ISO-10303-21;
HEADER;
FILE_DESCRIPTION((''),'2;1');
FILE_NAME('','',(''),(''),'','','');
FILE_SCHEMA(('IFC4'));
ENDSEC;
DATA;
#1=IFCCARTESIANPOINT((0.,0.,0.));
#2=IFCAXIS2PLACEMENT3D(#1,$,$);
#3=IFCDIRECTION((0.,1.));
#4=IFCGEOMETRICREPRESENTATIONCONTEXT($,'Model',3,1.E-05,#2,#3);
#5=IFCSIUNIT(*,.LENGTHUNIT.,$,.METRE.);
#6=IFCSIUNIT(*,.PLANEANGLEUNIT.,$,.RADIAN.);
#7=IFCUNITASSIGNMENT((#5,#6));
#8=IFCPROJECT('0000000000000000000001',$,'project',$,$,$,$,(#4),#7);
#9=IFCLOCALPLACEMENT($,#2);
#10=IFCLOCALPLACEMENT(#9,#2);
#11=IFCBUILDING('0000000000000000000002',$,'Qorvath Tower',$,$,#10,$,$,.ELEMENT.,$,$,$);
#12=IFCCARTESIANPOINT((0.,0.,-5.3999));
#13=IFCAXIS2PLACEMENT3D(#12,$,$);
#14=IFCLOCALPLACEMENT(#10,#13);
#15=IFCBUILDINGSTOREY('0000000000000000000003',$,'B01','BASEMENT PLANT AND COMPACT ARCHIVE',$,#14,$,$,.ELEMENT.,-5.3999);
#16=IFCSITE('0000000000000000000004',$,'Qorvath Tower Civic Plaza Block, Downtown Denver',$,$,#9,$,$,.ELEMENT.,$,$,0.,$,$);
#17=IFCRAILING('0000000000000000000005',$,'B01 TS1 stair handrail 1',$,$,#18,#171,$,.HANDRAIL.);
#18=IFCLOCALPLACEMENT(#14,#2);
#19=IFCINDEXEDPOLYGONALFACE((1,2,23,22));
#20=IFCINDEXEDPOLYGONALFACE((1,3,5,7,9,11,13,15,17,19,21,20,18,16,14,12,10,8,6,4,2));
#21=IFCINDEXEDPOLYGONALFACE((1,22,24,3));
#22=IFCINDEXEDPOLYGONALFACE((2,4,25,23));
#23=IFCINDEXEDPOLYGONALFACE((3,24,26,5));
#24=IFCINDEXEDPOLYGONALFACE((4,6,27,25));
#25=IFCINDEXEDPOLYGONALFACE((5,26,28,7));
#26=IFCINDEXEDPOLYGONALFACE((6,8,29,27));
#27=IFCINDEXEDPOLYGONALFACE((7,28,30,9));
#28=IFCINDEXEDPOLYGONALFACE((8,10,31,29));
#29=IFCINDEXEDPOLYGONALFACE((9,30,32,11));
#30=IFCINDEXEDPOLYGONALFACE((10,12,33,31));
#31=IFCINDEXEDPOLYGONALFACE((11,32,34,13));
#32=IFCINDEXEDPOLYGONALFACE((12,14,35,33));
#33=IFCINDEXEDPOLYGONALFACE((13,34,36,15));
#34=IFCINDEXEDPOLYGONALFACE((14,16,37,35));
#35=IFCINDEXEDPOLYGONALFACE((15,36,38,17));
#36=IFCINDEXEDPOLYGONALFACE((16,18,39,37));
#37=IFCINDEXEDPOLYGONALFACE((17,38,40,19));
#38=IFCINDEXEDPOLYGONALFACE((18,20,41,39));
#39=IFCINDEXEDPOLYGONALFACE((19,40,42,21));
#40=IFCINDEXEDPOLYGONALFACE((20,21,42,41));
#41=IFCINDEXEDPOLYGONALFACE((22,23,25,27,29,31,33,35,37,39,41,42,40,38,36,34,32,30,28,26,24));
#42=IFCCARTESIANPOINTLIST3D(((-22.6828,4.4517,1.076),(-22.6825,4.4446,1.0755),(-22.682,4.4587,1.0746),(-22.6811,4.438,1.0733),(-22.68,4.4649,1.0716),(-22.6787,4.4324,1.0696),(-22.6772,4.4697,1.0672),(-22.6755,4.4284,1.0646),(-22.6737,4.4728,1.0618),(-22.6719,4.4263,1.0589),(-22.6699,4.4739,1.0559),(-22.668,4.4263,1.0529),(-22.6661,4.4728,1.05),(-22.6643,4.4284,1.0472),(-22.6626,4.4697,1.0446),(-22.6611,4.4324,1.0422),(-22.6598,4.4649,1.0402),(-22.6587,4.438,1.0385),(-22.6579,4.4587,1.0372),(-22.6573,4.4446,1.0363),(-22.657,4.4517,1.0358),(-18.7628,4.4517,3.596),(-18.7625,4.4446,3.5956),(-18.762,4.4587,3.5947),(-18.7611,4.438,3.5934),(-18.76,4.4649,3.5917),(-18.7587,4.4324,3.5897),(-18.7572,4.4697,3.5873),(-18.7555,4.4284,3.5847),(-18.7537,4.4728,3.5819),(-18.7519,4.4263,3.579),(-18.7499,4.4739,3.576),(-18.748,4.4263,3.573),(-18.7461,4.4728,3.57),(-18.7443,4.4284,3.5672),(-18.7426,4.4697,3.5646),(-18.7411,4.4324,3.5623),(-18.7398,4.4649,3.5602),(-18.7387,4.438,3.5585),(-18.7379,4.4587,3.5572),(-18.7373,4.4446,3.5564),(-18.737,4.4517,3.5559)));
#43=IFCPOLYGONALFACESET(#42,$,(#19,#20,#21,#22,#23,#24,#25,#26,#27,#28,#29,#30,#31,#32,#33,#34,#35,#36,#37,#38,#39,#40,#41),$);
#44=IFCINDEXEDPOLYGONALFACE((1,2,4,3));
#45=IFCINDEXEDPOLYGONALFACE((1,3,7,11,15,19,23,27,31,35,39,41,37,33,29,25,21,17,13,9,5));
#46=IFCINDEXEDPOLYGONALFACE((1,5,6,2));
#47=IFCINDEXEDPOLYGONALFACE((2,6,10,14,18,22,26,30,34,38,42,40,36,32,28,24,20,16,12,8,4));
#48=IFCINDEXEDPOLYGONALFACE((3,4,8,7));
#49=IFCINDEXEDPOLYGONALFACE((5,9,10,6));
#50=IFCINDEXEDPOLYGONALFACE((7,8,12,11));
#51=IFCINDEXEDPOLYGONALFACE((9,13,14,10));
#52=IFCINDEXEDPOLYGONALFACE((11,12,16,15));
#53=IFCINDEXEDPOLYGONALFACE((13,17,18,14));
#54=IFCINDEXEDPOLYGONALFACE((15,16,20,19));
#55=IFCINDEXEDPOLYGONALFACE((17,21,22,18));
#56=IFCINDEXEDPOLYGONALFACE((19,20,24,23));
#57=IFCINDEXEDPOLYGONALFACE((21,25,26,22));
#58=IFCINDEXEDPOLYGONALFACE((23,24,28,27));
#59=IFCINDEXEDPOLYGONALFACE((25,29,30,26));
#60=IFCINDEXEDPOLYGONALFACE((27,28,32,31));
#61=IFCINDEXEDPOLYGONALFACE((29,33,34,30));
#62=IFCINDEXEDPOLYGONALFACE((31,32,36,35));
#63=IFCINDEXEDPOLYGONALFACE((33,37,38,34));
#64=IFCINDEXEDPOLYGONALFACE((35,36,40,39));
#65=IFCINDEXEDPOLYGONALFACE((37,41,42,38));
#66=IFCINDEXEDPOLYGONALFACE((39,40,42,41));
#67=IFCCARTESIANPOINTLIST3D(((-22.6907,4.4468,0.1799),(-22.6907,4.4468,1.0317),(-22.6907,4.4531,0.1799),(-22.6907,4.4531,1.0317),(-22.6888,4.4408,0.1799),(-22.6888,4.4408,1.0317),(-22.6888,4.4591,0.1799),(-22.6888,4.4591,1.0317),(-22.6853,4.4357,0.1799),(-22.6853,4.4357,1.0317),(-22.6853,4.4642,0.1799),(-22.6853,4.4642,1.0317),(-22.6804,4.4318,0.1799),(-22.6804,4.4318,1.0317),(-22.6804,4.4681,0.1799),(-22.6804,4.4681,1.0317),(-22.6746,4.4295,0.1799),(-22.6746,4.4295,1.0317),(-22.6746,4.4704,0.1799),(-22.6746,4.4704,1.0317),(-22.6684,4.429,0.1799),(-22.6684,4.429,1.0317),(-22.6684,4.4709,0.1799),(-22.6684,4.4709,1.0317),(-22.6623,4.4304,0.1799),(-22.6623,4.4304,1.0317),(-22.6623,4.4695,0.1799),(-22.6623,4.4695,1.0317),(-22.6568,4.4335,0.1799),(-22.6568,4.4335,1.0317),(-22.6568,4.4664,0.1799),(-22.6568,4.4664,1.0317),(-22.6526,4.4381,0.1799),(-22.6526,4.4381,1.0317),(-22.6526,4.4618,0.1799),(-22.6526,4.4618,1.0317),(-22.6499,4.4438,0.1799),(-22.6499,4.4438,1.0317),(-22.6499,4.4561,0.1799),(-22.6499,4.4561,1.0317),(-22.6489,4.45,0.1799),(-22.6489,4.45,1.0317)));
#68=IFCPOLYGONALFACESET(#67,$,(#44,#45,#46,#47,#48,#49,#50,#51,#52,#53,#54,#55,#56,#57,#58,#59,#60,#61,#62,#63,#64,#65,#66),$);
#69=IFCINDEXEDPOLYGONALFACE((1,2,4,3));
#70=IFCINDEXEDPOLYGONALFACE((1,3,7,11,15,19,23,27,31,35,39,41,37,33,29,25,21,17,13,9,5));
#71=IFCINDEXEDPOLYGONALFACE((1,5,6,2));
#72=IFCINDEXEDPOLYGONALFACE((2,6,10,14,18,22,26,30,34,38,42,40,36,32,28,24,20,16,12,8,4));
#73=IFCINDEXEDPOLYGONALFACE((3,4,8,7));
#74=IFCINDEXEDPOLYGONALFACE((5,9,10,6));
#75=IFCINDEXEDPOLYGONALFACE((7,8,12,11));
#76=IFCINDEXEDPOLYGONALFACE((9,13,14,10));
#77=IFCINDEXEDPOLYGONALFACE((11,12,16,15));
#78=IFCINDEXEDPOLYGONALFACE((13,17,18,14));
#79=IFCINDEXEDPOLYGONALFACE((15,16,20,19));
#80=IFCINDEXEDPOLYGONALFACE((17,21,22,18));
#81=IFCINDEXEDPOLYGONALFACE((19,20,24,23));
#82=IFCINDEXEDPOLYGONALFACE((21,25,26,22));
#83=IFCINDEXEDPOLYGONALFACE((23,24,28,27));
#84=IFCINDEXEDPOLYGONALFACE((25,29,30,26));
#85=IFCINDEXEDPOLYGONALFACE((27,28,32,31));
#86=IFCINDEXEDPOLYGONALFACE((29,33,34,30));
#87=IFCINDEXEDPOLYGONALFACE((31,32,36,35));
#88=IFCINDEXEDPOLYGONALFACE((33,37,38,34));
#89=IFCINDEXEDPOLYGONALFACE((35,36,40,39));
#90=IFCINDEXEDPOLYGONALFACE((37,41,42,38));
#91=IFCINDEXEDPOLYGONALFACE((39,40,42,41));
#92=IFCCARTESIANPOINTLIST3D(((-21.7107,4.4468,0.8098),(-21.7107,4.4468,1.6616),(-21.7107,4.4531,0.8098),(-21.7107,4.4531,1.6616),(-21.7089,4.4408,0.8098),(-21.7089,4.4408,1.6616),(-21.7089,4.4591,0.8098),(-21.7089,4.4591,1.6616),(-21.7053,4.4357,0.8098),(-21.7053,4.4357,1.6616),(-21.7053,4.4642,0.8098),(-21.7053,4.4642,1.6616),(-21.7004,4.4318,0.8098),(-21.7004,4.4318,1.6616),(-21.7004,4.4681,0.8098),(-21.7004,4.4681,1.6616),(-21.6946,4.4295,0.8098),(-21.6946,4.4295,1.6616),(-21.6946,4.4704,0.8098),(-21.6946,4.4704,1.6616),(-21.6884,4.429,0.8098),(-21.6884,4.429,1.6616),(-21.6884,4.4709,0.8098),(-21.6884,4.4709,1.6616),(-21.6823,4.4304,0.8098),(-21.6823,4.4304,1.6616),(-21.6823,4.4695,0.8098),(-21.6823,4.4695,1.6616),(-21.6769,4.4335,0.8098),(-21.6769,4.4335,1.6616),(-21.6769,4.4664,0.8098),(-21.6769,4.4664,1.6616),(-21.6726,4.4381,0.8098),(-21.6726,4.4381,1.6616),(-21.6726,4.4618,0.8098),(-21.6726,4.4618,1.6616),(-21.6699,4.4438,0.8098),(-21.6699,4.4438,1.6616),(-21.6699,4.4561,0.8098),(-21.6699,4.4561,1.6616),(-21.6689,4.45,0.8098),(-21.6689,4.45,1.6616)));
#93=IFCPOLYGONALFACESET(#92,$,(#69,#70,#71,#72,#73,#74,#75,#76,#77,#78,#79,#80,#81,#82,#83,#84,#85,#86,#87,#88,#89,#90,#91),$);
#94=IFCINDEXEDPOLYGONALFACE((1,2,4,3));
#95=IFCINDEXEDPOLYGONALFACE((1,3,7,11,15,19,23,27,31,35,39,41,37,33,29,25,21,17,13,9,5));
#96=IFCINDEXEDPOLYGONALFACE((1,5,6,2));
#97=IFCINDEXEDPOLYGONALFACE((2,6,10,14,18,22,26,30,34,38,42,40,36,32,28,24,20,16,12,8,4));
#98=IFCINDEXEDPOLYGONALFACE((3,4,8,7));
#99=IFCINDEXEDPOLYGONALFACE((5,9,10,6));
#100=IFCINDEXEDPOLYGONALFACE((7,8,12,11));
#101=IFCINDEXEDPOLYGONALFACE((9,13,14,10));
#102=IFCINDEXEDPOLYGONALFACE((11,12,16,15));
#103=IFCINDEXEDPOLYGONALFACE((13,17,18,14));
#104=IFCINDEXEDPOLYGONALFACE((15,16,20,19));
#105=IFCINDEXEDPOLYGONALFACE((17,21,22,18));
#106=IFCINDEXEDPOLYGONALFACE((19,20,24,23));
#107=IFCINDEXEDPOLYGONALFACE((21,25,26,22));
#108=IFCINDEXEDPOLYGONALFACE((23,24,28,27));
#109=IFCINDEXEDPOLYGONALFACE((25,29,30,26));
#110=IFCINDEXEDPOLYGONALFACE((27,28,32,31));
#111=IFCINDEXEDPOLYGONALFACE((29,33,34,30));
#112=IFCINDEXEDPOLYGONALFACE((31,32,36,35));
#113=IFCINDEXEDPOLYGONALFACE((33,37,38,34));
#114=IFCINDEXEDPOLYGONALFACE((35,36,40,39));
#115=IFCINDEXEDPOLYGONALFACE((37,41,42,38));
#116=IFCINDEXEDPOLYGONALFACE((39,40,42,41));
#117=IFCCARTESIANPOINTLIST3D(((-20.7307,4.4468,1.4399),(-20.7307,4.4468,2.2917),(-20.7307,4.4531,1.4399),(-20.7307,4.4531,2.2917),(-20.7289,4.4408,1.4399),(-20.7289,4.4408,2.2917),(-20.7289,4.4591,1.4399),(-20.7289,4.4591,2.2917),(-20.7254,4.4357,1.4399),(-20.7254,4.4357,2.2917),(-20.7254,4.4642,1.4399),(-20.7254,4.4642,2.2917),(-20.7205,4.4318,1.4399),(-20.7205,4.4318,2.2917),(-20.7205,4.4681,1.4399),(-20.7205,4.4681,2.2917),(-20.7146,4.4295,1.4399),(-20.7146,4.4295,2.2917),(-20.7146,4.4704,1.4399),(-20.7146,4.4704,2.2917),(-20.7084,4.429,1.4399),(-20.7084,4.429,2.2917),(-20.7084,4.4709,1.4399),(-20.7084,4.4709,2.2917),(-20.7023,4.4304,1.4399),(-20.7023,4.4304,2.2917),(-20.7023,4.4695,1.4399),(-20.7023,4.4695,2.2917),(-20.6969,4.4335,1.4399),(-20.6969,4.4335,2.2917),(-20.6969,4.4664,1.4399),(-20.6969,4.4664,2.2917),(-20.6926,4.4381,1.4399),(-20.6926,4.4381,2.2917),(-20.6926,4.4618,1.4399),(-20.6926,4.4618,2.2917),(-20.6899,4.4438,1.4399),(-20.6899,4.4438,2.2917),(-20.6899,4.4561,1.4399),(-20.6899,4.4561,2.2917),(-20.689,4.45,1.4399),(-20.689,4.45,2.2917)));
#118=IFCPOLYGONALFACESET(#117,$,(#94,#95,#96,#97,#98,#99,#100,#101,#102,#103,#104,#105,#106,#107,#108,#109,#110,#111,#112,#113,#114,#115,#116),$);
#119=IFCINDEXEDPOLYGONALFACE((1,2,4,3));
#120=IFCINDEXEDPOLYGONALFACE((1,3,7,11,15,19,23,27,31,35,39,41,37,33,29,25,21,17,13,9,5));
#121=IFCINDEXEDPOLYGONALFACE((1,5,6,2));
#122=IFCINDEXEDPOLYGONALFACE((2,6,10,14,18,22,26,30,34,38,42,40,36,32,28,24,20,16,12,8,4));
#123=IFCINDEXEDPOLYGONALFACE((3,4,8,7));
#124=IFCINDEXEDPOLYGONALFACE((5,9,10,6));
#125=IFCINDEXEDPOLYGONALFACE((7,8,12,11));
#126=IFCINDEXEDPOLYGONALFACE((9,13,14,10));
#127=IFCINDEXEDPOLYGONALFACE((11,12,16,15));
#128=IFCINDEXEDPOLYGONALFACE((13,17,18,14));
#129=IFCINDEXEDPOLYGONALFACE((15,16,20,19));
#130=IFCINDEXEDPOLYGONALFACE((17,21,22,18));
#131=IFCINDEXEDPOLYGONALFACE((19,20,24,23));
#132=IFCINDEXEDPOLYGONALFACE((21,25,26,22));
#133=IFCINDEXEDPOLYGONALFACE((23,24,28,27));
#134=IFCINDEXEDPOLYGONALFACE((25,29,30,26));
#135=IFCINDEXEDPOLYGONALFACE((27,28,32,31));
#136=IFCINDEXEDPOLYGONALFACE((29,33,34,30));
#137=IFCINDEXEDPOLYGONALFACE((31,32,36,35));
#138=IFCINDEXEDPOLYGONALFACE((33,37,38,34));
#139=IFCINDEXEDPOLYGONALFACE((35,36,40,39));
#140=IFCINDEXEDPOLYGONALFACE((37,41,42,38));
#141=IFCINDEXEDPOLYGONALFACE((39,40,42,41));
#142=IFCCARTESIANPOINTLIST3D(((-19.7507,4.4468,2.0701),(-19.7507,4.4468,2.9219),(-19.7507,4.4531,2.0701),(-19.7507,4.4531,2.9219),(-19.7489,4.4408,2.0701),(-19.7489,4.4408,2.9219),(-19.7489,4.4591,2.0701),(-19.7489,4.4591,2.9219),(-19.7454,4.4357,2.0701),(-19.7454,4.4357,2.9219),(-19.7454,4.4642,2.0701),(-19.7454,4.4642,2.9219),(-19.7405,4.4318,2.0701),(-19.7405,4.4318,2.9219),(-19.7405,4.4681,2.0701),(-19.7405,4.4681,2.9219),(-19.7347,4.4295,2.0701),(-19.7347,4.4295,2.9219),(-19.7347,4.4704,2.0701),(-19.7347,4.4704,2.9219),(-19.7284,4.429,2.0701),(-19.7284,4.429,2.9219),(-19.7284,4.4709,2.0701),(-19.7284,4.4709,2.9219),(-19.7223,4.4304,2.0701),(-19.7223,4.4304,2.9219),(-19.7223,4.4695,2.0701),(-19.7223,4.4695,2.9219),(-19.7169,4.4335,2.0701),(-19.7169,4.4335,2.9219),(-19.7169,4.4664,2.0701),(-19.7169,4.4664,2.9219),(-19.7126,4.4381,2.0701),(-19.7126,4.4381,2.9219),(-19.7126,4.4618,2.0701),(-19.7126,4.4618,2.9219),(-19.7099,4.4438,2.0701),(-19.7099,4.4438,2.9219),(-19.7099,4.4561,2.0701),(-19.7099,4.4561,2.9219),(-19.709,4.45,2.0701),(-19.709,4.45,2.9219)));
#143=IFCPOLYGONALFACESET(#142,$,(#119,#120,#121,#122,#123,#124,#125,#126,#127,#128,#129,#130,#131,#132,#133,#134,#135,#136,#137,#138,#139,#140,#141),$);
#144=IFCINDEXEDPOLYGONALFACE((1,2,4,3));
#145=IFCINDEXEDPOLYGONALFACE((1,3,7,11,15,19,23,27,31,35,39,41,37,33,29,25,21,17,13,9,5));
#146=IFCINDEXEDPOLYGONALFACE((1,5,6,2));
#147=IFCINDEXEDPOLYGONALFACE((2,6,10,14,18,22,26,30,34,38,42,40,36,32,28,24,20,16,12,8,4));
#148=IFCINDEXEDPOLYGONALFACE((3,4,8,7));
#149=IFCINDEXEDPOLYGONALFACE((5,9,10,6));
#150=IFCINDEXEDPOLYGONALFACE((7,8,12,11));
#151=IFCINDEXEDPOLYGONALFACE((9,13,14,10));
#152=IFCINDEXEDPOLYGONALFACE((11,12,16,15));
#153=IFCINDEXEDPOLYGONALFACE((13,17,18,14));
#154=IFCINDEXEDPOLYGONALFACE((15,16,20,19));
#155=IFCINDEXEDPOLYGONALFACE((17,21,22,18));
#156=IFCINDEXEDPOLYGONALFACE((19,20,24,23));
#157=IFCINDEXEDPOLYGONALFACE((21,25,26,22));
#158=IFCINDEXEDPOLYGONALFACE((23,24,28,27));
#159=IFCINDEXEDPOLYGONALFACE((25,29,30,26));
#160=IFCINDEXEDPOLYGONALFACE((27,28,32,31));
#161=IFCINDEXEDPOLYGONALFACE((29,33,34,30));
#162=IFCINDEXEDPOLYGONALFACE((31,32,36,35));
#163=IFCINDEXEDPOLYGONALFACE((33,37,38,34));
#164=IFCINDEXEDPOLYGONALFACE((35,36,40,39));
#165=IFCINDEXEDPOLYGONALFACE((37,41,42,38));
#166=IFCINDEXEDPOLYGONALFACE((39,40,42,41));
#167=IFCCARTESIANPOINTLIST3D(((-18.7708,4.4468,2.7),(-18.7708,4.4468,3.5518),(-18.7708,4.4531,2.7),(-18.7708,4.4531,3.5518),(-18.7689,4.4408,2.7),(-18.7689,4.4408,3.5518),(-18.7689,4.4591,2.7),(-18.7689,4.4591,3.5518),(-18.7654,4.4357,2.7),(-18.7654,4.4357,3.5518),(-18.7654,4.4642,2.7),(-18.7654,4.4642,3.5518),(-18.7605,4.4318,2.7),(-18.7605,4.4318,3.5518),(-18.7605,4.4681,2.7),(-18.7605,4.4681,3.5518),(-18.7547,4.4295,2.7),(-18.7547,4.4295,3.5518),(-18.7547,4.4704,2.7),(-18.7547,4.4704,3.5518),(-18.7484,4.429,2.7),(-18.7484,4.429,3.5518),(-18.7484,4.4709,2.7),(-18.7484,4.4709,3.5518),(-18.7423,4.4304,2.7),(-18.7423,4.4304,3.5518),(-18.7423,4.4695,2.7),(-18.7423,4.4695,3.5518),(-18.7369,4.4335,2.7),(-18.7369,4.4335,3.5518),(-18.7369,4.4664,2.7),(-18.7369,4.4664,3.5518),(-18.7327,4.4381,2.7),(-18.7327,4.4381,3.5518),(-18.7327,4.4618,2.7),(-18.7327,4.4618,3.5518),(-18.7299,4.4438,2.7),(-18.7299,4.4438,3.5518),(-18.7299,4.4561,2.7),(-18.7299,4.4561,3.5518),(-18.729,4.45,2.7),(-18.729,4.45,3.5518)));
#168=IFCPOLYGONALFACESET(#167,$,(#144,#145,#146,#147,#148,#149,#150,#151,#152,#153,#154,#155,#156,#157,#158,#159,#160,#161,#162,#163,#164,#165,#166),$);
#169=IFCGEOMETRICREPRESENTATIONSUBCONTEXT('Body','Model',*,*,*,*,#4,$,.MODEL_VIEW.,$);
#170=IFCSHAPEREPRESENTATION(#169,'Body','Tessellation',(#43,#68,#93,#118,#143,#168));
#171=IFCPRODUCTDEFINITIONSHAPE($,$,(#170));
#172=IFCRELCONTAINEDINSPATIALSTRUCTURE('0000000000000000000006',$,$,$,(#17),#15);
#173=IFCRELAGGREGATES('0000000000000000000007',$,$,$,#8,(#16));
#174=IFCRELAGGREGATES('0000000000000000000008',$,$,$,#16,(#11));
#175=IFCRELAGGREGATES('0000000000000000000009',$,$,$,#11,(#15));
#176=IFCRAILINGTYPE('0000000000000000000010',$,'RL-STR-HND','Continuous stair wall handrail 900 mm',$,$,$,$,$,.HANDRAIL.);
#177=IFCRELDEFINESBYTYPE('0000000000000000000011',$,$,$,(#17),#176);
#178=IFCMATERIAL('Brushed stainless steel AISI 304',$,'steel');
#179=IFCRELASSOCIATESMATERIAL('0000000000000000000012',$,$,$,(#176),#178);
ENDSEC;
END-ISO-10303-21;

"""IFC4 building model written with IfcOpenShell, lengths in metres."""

from ifc_helpers import new_model, si_unit, direction, frame, origin, origin_2d, place, context, subcontext, project, spatial, circle, extrude, material, type_object, element, save


model = new_model("IFC4")

# Units and contexts
model_context = context("Model", 3, precision=1e-05, world=origin(), true_north=direction((0.0, 1.0)))
body_context = subcontext(model_context, "Body", "Model", "MODEL_VIEW")
ifc_project = project(units=[si_unit("LENGTHUNIT", "METRE"), si_unit("PLANEANGLEUNIT", "RADIAN")], contexts=[model_context])

# Site, building, storey
site_placement = place(None, origin())
site = spatial("IfcSite", under=ifc_project, at=site_placement, Name="Qorvath Tower Civic Plaza Block, Downtown Denver", CompositionType="ELEMENT", RefElevation=0.0)
building_placement = place(site_placement, origin())
building = spatial("IfcBuilding", under=site, at=building_placement, Name="Qorvath Tower", CompositionType="ELEMENT")
storey_placement = place(building_placement, frame((0.0, 0.0, -5.3999)))
storey = spatial("IfcBuildingStorey", under=building, at=storey_placement, Name="B01", Description="BASEMENT PLANT AND COMPACT ARCHIVE", CompositionType="ELEMENT", Elevation=-5.3999)

# Railing
ifc_material_1 = material(Name="Brushed stainless steel AISI 304", Category="steel")
railing_type_1 = type_object("IfcRailingType", Name="RL-STR-HND", Description="Continuous stair wall handrail 900 mm", PredefinedType="HANDRAIL", material=ifc_material_1)
railing_1_placement = place(storey_placement, frame((-22.6699, 4.45, 0.1799)))
element("IfcRailing", 1, at=railing_1_placement, inside=storey, type_object=railing_type_1, Name="B01 TS1 stair handrail 1", PredefinedType="HANDRAIL", context=body_context, shape_type="SweptSolid", body=[
    extrude(circle(Radius=0.0239, at=origin_2d()), frame((0.0, 0.0, 0.876), z_axis=(0.841172, 0.0, 0.540768), x_axis=(0.0, 1.0, 0.0)), (0.0, 0.0, 1.0), 4.6602),
    extrude(circle(Radius=0.021, at=origin_2d()), origin(), (0.0, 0.0, 1.0), 0.8518),
    extrude(circle(Radius=0.021, at=origin_2d()), frame((0.98, 0.0, 0.6299)), (0.0, 0.0, 1.0), 0.8518),
    extrude(circle(Radius=0.021, at=origin_2d()), frame((1.96, 0.0, 1.26)), (0.0, 0.0, 1.0), 0.8518),
    extrude(circle(Radius=0.021, at=origin_2d()), frame((2.9399, 0.0, 1.8901)), (0.0, 0.0, 1.0), 0.8518),
    extrude(circle(Radius=0.021, at=origin_2d()), frame((3.9199, 0.0, 2.52)), (0.0, 0.0, 1.0), 0.8518),
])

save(model, "model.ifc")
